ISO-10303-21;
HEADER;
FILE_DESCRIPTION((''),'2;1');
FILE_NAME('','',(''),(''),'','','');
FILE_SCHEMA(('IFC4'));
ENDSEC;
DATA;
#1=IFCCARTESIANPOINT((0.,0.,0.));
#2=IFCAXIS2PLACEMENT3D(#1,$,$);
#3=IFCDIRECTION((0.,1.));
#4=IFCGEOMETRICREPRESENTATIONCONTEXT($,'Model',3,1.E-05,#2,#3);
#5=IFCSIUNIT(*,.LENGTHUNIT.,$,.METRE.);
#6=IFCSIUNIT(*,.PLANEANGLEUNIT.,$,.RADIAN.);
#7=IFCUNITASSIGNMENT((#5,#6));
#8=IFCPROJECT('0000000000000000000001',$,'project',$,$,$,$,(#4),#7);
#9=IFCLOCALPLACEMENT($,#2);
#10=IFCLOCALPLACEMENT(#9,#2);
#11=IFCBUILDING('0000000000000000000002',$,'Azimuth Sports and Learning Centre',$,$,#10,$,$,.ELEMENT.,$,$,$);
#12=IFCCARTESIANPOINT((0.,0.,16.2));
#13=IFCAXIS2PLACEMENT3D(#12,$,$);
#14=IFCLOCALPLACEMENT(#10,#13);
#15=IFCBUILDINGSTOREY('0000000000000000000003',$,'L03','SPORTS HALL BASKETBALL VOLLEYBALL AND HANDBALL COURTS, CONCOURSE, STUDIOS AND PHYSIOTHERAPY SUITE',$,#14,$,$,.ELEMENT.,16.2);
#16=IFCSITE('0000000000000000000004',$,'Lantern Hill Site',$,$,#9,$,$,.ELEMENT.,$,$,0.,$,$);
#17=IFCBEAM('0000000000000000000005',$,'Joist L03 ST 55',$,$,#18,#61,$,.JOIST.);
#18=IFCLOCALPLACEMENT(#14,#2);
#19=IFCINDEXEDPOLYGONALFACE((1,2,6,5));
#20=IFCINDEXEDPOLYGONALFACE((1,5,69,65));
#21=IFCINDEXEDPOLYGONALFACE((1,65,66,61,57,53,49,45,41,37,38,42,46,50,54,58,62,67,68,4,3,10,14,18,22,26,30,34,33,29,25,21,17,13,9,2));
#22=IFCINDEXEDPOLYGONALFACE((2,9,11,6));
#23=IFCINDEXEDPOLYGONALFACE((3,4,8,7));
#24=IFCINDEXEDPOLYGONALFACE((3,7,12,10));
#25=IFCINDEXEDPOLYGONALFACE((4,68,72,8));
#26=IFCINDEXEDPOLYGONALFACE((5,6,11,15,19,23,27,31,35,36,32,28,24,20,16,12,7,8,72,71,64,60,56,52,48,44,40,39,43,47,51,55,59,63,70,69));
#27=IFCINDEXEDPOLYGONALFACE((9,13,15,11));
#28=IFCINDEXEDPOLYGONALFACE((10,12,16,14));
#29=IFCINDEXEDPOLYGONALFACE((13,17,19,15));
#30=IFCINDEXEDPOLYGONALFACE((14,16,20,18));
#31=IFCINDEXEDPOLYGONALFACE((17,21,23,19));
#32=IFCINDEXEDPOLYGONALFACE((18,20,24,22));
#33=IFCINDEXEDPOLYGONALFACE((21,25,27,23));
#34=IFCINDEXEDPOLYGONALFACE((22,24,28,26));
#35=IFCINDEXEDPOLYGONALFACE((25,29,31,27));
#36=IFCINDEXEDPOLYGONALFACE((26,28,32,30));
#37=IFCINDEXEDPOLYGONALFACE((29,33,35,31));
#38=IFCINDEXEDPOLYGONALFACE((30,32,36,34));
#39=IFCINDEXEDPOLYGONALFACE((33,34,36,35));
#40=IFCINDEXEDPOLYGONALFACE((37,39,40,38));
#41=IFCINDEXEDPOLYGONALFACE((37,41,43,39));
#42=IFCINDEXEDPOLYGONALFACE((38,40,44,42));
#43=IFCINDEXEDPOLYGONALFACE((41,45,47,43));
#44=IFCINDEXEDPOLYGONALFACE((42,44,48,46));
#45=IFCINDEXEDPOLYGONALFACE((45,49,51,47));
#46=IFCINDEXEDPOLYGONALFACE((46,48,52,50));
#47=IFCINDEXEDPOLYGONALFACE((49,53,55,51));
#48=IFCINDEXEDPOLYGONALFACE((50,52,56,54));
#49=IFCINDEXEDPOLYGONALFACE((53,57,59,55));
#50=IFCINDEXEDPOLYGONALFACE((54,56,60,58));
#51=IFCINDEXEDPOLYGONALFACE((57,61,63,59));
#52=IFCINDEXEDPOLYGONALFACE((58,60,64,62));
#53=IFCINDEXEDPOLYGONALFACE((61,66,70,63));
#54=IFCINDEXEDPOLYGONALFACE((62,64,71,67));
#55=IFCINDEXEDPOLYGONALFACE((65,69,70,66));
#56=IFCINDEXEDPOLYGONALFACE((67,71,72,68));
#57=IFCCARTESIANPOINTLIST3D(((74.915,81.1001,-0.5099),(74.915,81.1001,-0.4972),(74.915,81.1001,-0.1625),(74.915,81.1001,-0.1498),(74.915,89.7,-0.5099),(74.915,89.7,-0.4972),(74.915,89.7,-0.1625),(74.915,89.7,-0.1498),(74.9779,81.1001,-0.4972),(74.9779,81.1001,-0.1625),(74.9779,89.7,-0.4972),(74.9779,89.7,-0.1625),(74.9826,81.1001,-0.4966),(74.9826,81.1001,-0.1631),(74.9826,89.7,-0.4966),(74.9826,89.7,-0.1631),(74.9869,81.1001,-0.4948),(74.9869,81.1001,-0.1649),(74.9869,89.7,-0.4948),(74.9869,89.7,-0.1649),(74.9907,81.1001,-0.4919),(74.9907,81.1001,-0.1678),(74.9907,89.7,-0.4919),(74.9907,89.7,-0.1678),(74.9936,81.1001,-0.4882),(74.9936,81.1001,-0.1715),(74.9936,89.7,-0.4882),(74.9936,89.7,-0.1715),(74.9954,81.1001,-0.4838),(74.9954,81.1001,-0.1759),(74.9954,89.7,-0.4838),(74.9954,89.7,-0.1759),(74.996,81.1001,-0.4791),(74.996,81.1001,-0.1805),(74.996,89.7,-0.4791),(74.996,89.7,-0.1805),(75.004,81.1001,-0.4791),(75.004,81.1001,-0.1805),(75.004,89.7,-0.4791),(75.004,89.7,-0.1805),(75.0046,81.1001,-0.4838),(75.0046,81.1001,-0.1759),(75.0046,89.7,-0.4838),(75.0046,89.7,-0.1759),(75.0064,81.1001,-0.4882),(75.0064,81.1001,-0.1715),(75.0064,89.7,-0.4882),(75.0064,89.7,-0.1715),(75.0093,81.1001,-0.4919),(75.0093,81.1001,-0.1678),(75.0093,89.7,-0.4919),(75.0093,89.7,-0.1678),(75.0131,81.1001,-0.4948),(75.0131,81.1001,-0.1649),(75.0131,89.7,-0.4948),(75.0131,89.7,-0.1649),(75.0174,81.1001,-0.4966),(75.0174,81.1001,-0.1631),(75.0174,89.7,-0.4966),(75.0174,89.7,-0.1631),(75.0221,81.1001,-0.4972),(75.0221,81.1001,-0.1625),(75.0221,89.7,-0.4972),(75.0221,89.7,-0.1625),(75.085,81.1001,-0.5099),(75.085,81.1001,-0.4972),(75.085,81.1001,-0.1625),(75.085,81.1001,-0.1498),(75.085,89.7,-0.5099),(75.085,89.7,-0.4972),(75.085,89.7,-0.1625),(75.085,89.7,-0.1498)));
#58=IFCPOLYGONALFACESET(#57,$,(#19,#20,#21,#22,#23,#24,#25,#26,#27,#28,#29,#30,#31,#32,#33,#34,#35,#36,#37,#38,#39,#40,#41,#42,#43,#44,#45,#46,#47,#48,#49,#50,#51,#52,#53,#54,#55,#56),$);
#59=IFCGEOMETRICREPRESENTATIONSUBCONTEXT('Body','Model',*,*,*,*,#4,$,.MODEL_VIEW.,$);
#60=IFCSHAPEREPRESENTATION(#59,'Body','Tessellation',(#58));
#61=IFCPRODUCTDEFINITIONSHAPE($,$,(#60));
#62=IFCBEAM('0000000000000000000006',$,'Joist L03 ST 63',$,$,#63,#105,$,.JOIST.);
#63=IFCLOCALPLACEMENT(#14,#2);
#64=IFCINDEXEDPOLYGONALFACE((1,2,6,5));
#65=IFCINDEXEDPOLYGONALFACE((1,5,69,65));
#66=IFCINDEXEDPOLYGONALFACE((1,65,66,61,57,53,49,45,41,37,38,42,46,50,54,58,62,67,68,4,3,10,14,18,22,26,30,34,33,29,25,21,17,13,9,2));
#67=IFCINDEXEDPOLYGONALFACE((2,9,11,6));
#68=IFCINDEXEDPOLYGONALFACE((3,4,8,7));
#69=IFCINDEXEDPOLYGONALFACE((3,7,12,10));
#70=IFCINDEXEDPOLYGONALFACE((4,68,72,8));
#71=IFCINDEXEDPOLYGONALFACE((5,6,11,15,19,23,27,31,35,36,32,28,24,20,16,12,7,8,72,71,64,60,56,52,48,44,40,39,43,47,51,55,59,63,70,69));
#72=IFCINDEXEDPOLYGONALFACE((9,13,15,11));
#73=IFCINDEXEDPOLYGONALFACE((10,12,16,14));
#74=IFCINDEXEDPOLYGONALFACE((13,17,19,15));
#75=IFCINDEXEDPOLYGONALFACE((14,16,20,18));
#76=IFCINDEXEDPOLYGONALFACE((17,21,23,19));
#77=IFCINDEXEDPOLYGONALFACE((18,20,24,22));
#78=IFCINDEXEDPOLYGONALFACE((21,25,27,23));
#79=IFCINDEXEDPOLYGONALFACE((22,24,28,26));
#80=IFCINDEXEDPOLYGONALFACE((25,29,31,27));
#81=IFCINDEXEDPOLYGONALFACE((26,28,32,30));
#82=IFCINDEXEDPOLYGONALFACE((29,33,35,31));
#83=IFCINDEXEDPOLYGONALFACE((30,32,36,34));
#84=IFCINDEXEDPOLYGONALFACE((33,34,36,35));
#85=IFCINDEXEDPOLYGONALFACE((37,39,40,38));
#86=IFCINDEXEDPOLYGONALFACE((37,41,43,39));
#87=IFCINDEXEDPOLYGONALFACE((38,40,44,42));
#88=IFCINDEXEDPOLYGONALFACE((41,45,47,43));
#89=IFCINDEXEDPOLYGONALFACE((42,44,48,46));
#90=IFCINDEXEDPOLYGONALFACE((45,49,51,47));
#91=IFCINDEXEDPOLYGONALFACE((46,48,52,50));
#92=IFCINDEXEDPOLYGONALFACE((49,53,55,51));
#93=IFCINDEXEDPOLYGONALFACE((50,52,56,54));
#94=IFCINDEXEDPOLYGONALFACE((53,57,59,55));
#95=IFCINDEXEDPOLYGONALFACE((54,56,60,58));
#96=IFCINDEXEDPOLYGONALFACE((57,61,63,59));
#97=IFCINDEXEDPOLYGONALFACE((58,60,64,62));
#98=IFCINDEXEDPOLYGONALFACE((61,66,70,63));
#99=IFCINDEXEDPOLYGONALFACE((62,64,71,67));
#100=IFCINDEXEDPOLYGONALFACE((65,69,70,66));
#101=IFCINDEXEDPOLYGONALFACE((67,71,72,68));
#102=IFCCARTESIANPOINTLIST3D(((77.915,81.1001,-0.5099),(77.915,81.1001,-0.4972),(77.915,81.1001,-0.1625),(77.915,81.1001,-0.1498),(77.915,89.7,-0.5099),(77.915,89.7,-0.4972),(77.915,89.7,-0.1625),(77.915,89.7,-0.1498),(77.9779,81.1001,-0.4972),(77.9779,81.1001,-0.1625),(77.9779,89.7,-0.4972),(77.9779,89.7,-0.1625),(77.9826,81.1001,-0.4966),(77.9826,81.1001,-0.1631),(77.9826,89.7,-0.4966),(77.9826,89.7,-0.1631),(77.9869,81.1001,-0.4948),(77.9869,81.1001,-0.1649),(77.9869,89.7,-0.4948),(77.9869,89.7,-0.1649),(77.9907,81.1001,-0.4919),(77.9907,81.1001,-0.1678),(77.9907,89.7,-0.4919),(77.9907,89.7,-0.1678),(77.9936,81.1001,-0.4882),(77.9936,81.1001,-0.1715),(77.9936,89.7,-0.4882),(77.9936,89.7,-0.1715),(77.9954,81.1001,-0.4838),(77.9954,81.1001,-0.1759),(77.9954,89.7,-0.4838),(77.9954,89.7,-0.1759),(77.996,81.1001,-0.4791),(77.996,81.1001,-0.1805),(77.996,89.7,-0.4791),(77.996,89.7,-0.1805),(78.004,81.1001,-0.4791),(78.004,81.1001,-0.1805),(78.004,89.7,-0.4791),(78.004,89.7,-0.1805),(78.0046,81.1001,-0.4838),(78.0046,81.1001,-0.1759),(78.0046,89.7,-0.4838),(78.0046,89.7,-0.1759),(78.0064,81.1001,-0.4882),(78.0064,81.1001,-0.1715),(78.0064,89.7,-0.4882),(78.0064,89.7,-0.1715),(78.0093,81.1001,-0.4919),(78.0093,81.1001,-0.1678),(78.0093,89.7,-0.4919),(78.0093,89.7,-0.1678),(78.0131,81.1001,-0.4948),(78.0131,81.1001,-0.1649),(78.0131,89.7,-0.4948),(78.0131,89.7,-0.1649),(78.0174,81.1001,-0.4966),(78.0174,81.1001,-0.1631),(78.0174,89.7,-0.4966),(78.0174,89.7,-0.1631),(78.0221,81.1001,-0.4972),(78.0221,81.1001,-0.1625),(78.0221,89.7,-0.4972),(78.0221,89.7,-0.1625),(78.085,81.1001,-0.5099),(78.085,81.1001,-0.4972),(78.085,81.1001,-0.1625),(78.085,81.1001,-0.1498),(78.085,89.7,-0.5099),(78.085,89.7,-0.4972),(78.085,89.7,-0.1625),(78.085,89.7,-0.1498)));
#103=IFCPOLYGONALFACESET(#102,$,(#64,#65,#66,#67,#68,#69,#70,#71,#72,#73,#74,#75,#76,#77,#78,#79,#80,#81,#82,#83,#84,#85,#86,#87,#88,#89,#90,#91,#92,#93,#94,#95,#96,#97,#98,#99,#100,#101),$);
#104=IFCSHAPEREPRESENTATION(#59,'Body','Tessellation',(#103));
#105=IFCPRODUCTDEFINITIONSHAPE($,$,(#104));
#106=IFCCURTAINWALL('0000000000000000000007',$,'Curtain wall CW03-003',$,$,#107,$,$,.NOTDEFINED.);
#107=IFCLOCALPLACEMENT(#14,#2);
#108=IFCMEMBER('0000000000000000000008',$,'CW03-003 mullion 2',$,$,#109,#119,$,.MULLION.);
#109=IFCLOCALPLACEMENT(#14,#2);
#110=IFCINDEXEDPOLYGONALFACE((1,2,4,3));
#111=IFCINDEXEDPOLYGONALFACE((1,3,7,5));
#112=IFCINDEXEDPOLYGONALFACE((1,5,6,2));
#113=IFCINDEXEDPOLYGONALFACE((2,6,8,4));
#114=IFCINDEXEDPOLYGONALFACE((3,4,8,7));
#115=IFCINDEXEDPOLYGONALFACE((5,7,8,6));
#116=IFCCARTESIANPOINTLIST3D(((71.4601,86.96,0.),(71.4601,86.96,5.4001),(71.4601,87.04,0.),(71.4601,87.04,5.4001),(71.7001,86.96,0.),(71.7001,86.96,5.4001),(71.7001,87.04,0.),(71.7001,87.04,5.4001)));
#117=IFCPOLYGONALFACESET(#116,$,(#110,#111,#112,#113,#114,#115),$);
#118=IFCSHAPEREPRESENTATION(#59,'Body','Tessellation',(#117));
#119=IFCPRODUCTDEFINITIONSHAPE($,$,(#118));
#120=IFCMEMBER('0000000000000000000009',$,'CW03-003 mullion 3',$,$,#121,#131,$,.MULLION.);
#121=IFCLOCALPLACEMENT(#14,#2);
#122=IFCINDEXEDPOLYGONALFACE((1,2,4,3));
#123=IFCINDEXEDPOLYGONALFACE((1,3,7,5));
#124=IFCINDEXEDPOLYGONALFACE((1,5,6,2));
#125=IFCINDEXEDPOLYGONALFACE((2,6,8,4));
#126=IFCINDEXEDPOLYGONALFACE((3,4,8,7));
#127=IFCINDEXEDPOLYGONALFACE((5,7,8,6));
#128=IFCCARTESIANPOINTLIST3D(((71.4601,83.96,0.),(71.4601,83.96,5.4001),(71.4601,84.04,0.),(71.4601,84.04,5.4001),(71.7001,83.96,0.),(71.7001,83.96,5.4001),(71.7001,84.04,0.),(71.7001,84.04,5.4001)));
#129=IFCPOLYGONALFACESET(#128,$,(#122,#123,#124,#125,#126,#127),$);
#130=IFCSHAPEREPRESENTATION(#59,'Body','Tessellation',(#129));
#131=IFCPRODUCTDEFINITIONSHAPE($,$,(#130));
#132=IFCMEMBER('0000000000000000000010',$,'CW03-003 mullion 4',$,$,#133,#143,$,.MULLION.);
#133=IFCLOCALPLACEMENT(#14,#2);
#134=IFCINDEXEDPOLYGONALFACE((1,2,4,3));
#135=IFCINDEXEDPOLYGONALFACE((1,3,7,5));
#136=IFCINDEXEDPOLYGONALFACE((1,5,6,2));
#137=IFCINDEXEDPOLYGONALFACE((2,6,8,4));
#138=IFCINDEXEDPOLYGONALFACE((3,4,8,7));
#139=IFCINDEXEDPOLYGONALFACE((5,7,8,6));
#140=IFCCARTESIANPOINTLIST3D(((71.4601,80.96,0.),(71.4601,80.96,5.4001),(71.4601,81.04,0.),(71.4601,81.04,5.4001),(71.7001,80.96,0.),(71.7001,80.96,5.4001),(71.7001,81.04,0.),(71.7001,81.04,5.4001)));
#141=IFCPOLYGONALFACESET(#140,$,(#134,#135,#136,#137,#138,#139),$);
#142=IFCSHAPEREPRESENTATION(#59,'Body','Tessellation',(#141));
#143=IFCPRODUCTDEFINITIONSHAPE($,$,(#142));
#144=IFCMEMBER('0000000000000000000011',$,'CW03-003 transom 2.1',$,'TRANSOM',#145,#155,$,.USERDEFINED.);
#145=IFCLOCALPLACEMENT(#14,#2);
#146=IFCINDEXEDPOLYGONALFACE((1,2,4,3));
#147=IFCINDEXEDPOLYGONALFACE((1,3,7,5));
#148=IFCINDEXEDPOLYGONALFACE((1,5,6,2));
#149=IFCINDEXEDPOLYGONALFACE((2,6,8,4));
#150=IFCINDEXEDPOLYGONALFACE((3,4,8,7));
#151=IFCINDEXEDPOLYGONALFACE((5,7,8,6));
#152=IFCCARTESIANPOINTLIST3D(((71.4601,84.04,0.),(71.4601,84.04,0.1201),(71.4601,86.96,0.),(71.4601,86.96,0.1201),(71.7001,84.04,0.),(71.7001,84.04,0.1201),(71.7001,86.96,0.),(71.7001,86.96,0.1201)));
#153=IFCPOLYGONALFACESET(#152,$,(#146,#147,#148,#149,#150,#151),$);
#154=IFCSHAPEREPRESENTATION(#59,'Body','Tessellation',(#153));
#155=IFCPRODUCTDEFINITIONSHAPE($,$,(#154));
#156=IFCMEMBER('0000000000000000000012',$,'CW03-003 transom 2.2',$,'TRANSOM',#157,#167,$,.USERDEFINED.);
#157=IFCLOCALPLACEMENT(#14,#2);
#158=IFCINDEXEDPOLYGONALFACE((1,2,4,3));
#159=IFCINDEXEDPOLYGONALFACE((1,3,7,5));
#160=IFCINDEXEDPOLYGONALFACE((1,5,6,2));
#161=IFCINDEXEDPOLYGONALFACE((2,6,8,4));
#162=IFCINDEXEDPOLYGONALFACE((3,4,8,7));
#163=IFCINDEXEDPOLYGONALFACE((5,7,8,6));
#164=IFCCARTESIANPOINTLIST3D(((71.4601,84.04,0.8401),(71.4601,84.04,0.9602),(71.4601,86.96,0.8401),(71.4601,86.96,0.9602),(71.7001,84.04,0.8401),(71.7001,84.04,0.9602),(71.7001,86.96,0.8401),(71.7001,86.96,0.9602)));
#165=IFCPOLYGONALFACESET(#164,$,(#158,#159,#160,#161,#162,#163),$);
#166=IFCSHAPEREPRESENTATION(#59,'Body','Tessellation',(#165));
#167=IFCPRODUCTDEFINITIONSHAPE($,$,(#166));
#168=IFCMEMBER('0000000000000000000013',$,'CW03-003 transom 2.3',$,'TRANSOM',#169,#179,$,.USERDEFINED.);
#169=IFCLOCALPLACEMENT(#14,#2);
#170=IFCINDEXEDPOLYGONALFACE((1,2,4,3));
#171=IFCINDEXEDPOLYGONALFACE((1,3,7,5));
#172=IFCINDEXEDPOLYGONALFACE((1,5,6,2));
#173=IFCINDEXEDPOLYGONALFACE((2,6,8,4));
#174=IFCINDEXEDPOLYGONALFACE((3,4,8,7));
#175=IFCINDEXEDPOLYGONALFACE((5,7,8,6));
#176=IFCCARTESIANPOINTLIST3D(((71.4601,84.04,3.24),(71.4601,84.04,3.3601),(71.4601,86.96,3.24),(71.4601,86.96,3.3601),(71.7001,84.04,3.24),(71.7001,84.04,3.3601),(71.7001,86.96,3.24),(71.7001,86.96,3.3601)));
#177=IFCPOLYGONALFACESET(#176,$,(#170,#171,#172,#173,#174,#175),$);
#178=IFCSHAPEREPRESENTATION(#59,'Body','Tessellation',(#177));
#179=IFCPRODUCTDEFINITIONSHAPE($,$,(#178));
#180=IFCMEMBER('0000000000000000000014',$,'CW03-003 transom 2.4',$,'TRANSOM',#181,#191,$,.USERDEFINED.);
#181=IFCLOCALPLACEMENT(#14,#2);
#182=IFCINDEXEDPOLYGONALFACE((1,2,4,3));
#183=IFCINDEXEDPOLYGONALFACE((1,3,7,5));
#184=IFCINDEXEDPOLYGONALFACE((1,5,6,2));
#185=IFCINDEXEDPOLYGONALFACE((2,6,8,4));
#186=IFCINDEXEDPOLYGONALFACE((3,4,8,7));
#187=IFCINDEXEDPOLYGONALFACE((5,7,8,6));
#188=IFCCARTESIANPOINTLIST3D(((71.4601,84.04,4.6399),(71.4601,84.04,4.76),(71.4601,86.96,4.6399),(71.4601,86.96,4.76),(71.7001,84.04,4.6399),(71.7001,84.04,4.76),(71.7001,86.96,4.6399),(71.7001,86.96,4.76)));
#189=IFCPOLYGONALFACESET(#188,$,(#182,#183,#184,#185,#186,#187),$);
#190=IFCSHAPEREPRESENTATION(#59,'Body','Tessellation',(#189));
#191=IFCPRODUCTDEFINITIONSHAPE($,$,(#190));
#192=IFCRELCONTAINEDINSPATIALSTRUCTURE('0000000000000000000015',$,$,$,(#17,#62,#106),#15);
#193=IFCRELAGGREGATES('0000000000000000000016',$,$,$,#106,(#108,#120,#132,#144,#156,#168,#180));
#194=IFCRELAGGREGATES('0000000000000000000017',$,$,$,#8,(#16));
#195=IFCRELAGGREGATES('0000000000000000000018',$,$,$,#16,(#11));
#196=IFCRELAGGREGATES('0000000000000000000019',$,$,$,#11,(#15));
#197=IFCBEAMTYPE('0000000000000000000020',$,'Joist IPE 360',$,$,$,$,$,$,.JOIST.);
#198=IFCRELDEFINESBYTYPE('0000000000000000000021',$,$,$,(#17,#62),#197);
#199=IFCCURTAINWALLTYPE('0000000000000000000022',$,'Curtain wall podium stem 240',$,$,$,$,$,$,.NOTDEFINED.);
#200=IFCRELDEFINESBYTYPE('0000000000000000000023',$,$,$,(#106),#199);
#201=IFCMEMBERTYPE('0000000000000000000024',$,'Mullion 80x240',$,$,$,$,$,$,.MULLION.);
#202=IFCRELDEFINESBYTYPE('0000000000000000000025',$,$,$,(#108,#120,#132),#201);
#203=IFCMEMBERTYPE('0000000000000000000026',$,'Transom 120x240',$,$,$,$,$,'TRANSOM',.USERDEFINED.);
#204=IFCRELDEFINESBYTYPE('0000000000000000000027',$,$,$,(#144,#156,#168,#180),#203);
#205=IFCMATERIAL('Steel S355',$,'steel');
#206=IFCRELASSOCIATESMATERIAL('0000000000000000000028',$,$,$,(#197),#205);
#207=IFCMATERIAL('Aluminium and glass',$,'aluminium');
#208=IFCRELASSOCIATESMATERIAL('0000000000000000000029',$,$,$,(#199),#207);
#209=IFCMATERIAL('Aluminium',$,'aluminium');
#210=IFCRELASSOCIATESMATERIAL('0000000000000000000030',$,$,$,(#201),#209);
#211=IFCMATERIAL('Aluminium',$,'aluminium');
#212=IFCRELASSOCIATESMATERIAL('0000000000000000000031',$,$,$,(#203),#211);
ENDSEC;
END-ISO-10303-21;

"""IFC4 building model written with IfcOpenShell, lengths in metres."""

from ifc_helpers import new_model, si_unit, direction, frame, origin, origin_2d, place, context, subcontext, project, spatial, rectangle, i_section, extrude, material, material_profile, profile_set, type_object, element, aggregate, save


model = new_model("IFC4")

# Units and contexts
model_context = context("Model", 3, precision=1e-05, world=origin(), true_north=direction((0.0, 1.0)))
body_context = subcontext(model_context, "Body", "Model", "MODEL_VIEW")
ifc_project = project(units=[si_unit("LENGTHUNIT", "METRE"), si_unit("PLANEANGLEUNIT", "RADIAN")], contexts=[model_context])

# Site, building, storey
site_placement = place(None, origin())
site = spatial("IfcSite", under=ifc_project, at=site_placement, Name="Lantern Hill Site", CompositionType="ELEMENT", RefElevation=0.0)
building_placement = place(site_placement, origin())
building = spatial("IfcBuilding", under=site, at=building_placement, Name="Azimuth Sports and Learning Centre", CompositionType="ELEMENT")
storey_placement = place(building_placement, frame((0.0, 0.0, 16.2)))
storey = spatial("IfcBuildingStorey", under=building, at=storey_placement, Name="L03", Description="SPORTS HALL BASKETBALL VOLLEYBALL AND HANDBALL COURTS, CONCOURSE, STUDIOS AND PHYSIOTHERAPY SUITE", CompositionType="ELEMENT", Elevation=16.2)

# Beams
ifc_material_1 = material(Name="Steel S355", Category="steel")
ifc_material_profile_1 = material_profile(ifc_material_1, i_section(OverallWidth=0.1699, OverallDepth=0.3601, WebThickness=0.0081, FlangeThickness=0.0127, FilletRadius=0.0181, at=origin_2d()), Name="IPE 360")
ifc_profile_set_1 = profile_set([ifc_material_profile_1], Name="Steel S355")
beam_type_1 = type_object("IfcBeamType", Name="Joist IPE 360", PredefinedType="JOIST", material=ifc_profile_set_1)
for number, where, z_axis, x_axis, name in (
    (1, (75.0, 81.1001, -0.3298), (0.0, 1.0, 0.0), (-1.0, 0.0, 0.0), "Joist L03 ST 55"),
    (2, (78.0, 81.1001, -0.3298), (0.0, 1.0, 0.0), (-1.0, 0.0, 0.0), "Joist L03 ST 63"),
):
    element("IfcBeam", number, at=place(storey_placement, frame(where, z_axis=z_axis, x_axis=x_axis)), inside=storey, type_object=beam_type_1, Name=name, PredefinedType="JOIST", context=body_context, shape_type="SweptSolid", body=[
        extrude(i_section(OverallWidth=0.1699, OverallDepth=0.3601, WebThickness=0.0081, FlangeThickness=0.0127, FilletRadius=0.0181, at=origin_2d()), origin(), (0.0, 0.0, 1.0), 8.5999),
    ])

# Curtain wall, members
ifc_material_2 = material(Name="Aluminium and glass", Category="aluminium")
curtain_wall_type = type_object("IfcCurtainWallType", Name="Curtain wall podium stem 240", PredefinedType="NOTDEFINED", material=ifc_material_2)
curtain_wall_placement = place(storey_placement, origin())
curtain_wall = element("IfcCurtainWall", 3, at=curtain_wall_placement, inside=storey, type_object=curtain_wall_type, Name="Curtain wall CW03-003", PredefinedType="NOTDEFINED")
ifc_material_3 = material(Name="Aluminium", Category="aluminium")
ifc_material_profile_2 = material_profile(ifc_material_3, rectangle(XDim=0.24, YDim=0.0801, at=origin_2d()), Name="Mullion 80x240")
ifc_profile_set_2 = profile_set([ifc_material_profile_2], Name="Aluminium")
member_type_1 = type_object("IfcMemberType", Name="Mullion 80x240", PredefinedType="MULLION", material=ifc_profile_set_2)
member_1_placement = place(storey_placement, frame((71.5801, 87.0, 0.0), z_axis=(0.0, 0.0, 1.0), x_axis=(1.0, 0.0, 0.0)))
member_1 = element("IfcMember", 4, at=member_1_placement, type_object=member_type_1, Name="CW03-003 mullion 2", PredefinedType="MULLION", context=body_context, shape_type="SweptSolid", body=[
    extrude(rectangle(XDim=0.24, YDim=0.0801, at=origin_2d()), origin(), (0.0, 0.0, 1.0), 5.4001),
])
member_2_placement = place(storey_placement, frame((71.5801, 84.0, 0.0), z_axis=(0.0, 0.0, 1.0), x_axis=(1.0, 0.0, 0.0)))
member_2 = element("IfcMember", 5, at=member_2_placement, type_object=member_type_1, Name="CW03-003 mullion 3", PredefinedType="MULLION", context=body_context, shape_type="SweptSolid", body=[
    extrude(rectangle(XDim=0.24, YDim=0.0801, at=origin_2d()), origin(), (0.0, 0.0, 1.0), 5.4001),
])
member_3_placement = place(storey_placement, frame((71.5801, 81.0, 0.0), z_axis=(0.0, 0.0, 1.0), x_axis=(1.0, 0.0, 0.0)))
member_3 = element("IfcMember", 6, at=member_3_placement, type_object=member_type_1, Name="CW03-003 mullion 4", PredefinedType="MULLION", context=body_context, shape_type="SweptSolid", body=[
    extrude(rectangle(XDim=0.24, YDim=0.0801, at=origin_2d()), origin(), (0.0, 0.0, 1.0), 5.4001),
])
ifc_material_4 = material(Name="Aluminium", Category="aluminium")
ifc_material_profile_3 = material_profile(ifc_material_4, rectangle(XDim=0.24, YDim=0.1201, at=origin_2d()), Name="Transom 120x240")
ifc_profile_set_3 = profile_set([ifc_material_profile_3], Name="Aluminium")
member_type_2 = type_object("IfcMemberType", Name="Transom 120x240", ElementType="TRANSOM", PredefinedType="USERDEFINED", material=ifc_profile_set_3)
member_4_placement = place(storey_placement, frame((71.5801, 86.96, 0.0601), z_axis=(0.0, -1.0, 0.0), x_axis=(1.0, 0.0, 0.0)))
member_4 = element("IfcMember", 7, at=member_4_placement, type_object=member_type_2, Name="CW03-003 transom 2.1", ObjectType="TRANSOM", PredefinedType="USERDEFINED", context=body_context, shape_type="SweptSolid", body=[
    extrude(rectangle(XDim=0.24, YDim=0.1201, at=origin_2d()), origin(), (0.0, 0.0, 1.0), 2.9199),
])
member_5_placement = place(storey_placement, frame((71.5801, 86.96, 0.9001), z_axis=(0.0, -1.0, 0.0), x_axis=(1.0, 0.0, 0.0)))
member_5 = element("IfcMember", 8, at=member_5_placement, type_object=member_type_2, Name="CW03-003 transom 2.2", ObjectType="TRANSOM", PredefinedType="USERDEFINED", context=body_context, shape_type="SweptSolid", body=[
    extrude(rectangle(XDim=0.24, YDim=0.1201, at=origin_2d()), origin(), (0.0, 0.0, 1.0), 2.9199),
])
member_6_placement = place(storey_placement, frame((71.5801, 86.96, 3.3), z_axis=(0.0, -1.0, 0.0), x_axis=(1.0, 0.0, 0.0)))
member_6 = element("IfcMember", 9, at=member_6_placement, type_object=member_type_2, Name="CW03-003 transom 2.3", ObjectType="TRANSOM", PredefinedType="USERDEFINED", context=body_context, shape_type="SweptSolid", body=[
    extrude(rectangle(XDim=0.24, YDim=0.1201, at=origin_2d()), origin(), (0.0, 0.0, 1.0), 2.9199),
])
member_7_placement = place(storey_placement, frame((71.5801, 86.96, 4.7), z_axis=(0.0, -1.0, 0.0), x_axis=(1.0, 0.0, 0.0)))
member_7 = element("IfcMember", 10, at=member_7_placement, type_object=member_type_2, Name="CW03-003 transom 2.4", ObjectType="TRANSOM", PredefinedType="USERDEFINED", context=body_context, shape_type="SweptSolid", body=[
    extrude(rectangle(XDim=0.24, YDim=0.1201, at=origin_2d()), origin(), (0.0, 0.0, 1.0), 2.9199),
])
aggregate(curtain_wall, [member_1, member_2, member_3, member_4, member_5, member_6, member_7])

save(model, "model.ifc")
